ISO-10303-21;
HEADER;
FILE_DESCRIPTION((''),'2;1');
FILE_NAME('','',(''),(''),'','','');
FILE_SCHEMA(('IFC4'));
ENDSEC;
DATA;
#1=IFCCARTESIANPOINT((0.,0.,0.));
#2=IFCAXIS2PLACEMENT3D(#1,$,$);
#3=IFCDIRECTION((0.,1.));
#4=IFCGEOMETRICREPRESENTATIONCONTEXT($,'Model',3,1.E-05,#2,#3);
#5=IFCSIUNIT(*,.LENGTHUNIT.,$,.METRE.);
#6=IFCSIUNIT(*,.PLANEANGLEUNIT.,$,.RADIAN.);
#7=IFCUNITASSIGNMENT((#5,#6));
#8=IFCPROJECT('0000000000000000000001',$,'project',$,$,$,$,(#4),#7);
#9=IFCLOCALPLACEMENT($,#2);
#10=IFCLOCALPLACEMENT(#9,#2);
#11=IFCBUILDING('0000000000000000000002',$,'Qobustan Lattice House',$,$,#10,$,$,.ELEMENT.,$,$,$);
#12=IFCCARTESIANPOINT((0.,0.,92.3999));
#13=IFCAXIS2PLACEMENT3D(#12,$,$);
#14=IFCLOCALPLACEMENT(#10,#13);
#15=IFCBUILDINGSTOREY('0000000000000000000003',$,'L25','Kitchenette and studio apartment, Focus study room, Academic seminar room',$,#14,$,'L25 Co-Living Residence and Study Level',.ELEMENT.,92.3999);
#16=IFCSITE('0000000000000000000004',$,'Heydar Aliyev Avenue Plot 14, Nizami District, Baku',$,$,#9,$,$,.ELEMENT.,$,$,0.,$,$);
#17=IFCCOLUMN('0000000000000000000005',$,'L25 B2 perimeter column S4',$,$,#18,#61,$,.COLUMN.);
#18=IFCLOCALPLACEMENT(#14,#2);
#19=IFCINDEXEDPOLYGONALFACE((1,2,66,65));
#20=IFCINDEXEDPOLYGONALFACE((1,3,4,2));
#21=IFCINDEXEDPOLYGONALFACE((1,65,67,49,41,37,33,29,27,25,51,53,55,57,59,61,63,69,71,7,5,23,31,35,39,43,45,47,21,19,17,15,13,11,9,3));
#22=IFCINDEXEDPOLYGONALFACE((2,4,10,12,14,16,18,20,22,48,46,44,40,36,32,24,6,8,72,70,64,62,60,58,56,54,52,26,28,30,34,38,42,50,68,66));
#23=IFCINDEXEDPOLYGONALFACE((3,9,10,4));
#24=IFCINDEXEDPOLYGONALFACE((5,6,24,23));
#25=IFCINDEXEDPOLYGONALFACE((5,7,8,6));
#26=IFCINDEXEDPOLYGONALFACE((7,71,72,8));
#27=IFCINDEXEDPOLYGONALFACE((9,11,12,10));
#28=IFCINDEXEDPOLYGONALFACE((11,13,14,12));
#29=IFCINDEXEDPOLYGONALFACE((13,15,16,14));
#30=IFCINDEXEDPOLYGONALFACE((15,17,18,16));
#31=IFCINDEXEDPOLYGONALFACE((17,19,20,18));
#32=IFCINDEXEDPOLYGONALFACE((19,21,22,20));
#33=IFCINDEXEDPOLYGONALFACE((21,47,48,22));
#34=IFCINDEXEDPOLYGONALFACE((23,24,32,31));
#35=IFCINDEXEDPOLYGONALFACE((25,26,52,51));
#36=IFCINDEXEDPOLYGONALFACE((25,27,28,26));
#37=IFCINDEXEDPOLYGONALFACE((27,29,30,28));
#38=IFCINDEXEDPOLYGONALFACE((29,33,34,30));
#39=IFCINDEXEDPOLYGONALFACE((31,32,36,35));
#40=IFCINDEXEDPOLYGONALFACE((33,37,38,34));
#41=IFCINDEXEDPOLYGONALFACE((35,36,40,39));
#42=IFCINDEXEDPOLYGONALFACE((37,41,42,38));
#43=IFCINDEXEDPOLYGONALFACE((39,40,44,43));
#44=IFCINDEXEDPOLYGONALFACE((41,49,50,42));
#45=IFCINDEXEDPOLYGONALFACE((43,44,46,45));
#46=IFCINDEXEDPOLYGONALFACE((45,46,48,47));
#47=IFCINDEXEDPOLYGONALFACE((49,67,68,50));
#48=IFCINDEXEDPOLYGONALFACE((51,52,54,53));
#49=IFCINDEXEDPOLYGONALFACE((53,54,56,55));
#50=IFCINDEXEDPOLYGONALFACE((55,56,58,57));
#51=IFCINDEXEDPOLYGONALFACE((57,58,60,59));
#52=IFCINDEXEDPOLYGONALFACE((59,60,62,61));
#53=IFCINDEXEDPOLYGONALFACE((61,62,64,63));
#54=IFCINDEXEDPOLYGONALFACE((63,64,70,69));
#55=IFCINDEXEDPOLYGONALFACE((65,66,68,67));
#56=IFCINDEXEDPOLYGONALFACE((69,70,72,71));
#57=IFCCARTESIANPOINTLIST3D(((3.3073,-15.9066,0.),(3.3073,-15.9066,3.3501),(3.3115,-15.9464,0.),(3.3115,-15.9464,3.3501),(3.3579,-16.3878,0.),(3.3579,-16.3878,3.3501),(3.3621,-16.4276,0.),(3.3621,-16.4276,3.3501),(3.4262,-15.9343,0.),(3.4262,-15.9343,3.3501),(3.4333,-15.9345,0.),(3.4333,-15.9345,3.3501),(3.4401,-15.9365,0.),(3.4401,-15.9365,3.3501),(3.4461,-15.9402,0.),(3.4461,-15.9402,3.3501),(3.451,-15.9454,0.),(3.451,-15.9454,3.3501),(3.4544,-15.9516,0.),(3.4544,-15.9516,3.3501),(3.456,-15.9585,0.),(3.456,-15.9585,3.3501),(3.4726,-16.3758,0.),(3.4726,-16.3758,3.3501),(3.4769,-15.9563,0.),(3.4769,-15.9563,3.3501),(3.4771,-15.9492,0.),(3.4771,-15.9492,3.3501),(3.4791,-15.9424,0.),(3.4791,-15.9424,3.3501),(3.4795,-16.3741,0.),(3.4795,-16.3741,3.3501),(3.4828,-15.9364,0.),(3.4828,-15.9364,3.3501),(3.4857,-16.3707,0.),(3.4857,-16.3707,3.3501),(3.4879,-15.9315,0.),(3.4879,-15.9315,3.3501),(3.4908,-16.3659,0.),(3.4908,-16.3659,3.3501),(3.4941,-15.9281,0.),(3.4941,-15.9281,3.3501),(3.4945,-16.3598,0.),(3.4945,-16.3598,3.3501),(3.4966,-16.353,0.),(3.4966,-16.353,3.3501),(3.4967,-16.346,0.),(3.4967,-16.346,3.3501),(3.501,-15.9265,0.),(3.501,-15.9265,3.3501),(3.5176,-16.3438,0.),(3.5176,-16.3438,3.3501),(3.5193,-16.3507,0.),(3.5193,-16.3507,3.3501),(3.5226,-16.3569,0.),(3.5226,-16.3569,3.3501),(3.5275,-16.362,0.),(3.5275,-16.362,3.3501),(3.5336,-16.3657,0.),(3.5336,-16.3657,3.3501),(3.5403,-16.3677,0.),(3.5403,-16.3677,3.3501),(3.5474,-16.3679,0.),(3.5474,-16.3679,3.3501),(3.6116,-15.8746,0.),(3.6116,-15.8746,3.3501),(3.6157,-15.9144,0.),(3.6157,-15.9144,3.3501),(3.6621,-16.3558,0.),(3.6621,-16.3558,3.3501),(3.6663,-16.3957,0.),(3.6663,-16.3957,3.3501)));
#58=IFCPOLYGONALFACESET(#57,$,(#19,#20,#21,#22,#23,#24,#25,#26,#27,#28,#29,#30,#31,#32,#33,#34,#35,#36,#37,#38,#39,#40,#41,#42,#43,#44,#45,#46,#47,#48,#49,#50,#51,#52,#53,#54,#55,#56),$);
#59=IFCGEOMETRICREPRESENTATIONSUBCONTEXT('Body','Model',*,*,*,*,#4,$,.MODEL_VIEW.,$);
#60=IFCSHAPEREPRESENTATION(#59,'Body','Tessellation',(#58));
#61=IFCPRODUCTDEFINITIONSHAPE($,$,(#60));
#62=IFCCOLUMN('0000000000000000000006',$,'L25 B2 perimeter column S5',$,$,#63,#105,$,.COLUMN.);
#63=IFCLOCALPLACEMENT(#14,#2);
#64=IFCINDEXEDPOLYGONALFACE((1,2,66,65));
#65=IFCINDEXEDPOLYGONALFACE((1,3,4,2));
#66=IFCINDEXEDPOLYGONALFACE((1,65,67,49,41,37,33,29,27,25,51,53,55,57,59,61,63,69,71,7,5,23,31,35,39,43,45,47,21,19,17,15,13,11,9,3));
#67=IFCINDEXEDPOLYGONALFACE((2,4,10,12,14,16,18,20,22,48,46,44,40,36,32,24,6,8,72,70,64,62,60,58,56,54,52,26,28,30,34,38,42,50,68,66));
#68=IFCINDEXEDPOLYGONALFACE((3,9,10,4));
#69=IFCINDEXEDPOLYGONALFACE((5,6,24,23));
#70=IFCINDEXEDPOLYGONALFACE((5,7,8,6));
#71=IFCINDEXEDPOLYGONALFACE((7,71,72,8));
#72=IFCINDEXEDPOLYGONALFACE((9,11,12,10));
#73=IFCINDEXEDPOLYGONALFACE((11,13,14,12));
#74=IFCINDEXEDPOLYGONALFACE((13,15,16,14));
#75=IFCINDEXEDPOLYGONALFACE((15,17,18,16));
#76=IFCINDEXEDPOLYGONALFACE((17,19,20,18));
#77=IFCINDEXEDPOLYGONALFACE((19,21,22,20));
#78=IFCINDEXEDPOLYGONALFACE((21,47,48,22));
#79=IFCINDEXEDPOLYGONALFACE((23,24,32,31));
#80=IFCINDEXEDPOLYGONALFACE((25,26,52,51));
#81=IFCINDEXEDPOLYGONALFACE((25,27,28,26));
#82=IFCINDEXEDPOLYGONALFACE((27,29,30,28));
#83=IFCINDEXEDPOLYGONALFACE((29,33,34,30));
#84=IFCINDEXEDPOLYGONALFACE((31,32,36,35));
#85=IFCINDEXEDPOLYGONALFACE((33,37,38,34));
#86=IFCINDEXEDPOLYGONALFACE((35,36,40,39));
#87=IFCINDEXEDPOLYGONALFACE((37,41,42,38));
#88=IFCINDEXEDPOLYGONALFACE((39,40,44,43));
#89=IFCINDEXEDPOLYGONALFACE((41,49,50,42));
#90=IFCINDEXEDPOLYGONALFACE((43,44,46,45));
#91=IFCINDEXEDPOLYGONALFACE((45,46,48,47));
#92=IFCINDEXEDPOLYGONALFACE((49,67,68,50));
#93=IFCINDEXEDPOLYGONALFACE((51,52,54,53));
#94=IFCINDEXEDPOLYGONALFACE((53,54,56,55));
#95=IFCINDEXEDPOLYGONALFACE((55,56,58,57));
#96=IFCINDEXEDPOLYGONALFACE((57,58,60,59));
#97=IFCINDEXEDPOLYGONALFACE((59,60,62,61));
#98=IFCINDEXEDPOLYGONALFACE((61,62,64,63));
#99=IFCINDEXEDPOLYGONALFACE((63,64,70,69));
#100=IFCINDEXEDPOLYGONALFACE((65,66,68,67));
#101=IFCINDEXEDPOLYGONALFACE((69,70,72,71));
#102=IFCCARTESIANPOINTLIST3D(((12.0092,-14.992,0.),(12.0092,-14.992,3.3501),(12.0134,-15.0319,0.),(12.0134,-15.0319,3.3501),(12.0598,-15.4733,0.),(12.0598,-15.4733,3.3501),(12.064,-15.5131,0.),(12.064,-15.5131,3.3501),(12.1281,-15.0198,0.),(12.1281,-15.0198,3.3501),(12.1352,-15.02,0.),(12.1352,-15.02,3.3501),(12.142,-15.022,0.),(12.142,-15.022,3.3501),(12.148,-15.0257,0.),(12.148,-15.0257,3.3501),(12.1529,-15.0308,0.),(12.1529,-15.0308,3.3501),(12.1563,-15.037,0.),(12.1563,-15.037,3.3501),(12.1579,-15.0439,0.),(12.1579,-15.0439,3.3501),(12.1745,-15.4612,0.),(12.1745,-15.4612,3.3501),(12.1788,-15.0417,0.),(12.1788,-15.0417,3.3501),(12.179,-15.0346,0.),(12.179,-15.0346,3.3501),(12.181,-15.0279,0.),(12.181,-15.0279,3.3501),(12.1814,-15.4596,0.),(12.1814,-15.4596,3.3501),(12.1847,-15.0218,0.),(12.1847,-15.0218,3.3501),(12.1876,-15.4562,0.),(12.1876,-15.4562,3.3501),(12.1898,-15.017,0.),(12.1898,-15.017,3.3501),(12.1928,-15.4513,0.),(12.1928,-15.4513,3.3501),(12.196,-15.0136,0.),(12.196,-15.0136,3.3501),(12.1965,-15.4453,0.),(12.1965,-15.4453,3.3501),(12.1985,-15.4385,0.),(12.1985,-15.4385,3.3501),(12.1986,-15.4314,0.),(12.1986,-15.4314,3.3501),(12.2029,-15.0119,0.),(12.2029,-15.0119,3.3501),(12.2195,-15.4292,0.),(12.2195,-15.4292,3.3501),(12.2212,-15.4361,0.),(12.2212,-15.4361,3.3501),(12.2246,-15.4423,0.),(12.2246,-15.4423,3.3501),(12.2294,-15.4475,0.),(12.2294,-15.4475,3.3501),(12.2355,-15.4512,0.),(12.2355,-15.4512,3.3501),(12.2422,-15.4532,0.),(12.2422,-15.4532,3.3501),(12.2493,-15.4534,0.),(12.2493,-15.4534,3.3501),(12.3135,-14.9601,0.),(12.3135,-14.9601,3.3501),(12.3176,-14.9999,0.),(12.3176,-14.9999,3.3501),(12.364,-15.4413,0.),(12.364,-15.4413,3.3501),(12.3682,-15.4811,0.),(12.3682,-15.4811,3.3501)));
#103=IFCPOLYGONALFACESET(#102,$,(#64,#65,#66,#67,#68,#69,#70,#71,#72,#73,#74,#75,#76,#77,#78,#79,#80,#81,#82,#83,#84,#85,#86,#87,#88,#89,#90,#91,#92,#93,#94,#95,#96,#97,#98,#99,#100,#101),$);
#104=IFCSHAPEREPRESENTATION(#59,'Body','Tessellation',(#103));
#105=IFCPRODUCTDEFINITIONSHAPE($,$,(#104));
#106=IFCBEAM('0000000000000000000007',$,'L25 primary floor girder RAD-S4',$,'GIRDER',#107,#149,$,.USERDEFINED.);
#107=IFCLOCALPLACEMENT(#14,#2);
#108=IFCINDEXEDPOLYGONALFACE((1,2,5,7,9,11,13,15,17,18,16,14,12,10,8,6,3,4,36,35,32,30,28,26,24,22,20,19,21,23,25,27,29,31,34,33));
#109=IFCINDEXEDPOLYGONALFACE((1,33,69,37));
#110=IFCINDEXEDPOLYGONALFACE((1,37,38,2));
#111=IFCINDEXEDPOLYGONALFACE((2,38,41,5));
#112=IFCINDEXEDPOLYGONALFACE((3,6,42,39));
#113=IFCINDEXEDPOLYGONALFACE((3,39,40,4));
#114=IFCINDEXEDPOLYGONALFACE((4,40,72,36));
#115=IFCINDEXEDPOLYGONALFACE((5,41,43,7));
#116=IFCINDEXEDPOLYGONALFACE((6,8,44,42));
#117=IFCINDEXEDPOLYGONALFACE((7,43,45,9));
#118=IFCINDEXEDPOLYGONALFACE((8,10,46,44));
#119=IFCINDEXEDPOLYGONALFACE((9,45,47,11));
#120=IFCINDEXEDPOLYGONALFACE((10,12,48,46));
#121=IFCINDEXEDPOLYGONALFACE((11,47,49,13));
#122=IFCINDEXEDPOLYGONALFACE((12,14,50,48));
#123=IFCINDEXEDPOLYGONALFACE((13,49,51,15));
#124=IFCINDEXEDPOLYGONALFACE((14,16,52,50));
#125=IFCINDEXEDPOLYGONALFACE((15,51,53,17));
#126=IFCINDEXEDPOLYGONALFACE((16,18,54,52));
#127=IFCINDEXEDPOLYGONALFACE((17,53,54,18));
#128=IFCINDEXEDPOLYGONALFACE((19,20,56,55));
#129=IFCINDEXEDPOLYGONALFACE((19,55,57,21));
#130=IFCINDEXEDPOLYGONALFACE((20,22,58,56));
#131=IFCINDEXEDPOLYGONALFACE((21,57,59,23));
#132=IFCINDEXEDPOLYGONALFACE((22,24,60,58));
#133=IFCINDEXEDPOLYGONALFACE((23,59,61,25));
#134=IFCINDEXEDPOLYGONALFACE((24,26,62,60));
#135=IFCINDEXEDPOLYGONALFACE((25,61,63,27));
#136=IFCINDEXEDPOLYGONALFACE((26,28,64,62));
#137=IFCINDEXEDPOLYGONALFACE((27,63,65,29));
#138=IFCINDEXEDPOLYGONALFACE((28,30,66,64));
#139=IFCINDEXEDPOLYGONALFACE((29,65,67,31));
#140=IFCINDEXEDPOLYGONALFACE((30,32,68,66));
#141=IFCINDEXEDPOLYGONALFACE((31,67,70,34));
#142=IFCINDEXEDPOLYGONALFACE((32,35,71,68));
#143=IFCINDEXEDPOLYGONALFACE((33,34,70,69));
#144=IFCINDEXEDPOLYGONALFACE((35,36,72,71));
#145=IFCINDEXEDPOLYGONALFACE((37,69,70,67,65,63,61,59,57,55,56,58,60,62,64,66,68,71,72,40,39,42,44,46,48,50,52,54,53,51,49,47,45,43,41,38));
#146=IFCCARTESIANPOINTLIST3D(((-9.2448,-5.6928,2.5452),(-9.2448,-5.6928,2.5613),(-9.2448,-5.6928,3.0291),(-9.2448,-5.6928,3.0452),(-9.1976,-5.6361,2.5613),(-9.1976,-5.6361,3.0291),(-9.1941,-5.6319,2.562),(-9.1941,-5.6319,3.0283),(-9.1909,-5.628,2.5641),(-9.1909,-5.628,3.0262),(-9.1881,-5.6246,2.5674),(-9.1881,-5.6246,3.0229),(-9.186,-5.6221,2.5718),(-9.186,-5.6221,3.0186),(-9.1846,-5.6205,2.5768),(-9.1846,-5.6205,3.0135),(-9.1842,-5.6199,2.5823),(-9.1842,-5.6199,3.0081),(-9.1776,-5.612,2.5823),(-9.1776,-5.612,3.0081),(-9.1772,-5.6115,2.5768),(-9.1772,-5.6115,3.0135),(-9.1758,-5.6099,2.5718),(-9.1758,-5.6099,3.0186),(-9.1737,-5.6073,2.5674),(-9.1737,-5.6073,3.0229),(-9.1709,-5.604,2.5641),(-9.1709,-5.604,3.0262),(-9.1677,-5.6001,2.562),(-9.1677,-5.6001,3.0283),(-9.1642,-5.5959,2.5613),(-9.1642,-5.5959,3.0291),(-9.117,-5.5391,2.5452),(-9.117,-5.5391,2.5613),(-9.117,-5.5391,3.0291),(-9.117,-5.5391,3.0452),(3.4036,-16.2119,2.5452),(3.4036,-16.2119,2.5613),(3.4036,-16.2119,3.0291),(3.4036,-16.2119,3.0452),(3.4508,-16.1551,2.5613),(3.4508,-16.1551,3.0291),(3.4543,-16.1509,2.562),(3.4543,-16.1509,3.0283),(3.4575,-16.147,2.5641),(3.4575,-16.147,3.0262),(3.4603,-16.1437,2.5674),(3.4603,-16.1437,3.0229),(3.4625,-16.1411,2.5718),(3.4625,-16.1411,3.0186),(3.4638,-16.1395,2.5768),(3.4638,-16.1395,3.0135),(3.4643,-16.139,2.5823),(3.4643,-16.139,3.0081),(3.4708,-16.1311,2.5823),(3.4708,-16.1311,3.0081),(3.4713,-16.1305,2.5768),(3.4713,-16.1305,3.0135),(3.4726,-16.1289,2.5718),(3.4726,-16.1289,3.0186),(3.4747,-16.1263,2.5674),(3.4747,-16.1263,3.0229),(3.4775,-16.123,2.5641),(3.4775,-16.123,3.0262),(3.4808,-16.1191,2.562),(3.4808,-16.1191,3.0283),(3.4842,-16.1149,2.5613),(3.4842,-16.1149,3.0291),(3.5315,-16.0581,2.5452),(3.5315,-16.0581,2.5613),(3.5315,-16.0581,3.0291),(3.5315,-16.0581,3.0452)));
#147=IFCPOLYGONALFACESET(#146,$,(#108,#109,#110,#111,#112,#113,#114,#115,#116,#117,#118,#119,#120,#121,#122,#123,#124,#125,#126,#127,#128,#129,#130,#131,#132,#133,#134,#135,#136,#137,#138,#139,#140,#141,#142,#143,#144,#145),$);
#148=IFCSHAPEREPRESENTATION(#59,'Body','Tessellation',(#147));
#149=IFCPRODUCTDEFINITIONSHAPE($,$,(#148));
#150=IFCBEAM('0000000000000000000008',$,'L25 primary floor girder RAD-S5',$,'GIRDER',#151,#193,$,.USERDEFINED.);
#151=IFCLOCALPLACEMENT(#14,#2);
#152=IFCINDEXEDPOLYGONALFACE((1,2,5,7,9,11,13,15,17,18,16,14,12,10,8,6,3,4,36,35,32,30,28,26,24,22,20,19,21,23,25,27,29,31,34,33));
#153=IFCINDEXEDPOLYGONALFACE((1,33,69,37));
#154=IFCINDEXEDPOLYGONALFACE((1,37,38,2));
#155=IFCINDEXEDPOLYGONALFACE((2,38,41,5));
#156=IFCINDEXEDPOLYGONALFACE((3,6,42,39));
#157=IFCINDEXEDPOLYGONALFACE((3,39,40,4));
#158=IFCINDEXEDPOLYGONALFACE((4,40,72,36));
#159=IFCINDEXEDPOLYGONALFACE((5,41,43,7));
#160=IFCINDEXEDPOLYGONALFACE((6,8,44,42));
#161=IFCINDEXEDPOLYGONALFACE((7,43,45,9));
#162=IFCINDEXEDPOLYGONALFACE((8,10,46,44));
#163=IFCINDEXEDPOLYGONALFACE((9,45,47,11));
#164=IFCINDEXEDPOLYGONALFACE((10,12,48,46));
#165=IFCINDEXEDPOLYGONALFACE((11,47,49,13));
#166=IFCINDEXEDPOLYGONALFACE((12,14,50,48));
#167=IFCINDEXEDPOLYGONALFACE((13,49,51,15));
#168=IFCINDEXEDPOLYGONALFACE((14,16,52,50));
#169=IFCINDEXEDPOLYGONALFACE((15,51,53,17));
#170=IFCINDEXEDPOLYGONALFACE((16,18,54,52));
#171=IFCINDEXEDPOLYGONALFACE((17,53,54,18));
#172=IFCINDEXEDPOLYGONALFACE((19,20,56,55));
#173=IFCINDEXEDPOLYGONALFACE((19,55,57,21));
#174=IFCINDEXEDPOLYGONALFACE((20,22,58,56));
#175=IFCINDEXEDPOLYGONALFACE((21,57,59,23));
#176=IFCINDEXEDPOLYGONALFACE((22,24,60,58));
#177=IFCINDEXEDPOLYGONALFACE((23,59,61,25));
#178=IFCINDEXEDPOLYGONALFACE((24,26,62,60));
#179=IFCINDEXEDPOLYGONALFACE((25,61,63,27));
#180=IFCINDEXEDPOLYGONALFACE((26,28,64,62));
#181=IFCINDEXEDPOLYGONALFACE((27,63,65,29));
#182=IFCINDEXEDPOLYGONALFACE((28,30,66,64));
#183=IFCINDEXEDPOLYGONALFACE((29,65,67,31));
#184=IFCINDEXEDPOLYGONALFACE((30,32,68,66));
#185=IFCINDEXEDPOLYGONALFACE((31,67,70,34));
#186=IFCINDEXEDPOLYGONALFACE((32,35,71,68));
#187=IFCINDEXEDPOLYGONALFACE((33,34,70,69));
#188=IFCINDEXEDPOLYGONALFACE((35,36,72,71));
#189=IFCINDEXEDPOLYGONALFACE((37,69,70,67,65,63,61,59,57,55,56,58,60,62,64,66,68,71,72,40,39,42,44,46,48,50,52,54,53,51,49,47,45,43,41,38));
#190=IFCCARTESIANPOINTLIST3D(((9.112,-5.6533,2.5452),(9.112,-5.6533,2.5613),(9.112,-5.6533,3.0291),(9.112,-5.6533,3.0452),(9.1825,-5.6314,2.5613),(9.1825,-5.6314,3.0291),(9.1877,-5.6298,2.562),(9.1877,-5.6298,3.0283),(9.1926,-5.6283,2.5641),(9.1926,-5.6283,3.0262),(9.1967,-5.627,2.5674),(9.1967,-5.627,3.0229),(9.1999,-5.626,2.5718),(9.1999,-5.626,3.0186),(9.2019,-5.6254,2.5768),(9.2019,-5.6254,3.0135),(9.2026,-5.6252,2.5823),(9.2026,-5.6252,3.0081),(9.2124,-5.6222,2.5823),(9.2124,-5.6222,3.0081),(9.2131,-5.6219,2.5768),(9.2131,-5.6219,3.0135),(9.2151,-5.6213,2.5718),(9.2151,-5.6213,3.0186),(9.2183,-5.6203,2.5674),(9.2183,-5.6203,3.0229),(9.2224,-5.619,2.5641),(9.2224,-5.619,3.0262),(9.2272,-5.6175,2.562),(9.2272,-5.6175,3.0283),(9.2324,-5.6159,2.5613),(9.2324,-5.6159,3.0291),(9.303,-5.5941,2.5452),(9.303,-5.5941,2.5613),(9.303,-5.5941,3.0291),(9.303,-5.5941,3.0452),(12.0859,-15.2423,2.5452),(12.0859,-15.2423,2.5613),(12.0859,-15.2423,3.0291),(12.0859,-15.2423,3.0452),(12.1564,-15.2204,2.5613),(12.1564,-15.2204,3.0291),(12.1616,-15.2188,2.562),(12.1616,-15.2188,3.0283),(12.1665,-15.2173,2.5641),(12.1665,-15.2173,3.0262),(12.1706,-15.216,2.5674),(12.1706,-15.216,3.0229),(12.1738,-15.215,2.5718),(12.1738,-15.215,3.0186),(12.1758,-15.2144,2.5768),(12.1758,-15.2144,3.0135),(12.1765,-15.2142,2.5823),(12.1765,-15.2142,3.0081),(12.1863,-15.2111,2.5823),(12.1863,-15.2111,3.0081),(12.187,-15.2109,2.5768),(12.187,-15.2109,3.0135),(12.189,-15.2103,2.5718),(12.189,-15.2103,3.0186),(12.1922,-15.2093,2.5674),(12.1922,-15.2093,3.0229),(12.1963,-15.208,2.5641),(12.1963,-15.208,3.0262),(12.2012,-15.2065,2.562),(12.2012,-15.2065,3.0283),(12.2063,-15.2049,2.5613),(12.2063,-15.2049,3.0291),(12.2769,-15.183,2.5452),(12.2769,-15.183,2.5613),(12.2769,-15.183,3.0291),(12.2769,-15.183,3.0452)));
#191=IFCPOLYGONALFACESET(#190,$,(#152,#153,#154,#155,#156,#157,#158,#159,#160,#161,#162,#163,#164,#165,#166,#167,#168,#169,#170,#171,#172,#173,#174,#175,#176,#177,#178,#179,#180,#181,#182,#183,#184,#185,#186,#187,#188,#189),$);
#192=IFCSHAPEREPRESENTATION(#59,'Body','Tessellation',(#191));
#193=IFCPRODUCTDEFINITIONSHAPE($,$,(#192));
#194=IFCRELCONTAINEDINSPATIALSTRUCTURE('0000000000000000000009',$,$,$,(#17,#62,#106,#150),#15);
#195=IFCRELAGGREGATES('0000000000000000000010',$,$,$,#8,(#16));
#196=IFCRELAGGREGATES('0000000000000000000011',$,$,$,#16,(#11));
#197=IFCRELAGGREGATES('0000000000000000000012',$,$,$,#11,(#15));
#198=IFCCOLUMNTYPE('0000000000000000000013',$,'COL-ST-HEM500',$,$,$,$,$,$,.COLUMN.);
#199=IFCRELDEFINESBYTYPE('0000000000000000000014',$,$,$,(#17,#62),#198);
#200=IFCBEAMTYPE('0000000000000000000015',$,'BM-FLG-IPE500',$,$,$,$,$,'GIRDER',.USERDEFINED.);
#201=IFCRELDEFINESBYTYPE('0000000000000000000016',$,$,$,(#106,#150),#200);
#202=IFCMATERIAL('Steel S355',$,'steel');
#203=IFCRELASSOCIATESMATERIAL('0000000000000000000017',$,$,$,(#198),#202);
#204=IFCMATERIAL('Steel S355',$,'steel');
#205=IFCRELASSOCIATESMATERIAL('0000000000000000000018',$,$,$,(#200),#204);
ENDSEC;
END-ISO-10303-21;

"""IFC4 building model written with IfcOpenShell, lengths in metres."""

from ifc_helpers import new_model, si_unit, direction, frame, origin, origin_2d, place, context, subcontext, project, spatial, i_section, extrude, material, material_profile, profile_set, type_object, element, save


model = new_model("IFC4")

# Units and contexts
model_context = context("Model", 3, precision=1e-05, world=origin(), true_north=direction((0.0, 1.0)))
body_context = subcontext(model_context, "Body", "Model", "MODEL_VIEW")
ifc_project = project(units=[si_unit("LENGTHUNIT", "METRE"), si_unit("PLANEANGLEUNIT", "RADIAN")], contexts=[model_context])

# Site, building, storey
site_placement = place(None, origin())
site = spatial("IfcSite", under=ifc_project, at=site_placement, Name="Heydar Aliyev Avenue Plot 14, Nizami District, Baku", CompositionType="ELEMENT", RefElevation=0.0)
building_placement = place(site_placement, origin())
building = spatial("IfcBuilding", under=site, at=building_placement, Name="Qobustan Lattice House", CompositionType="ELEMENT")
storey_placement = place(building_placement, frame((0.0, 0.0, 92.3999)))
storey = spatial("IfcBuildingStorey", under=building, at=storey_placement, Name="L25", Description="Kitchenette and studio apartment, Focus study room, Academic seminar room", LongName="L25 Co-Living Residence and Study Level", CompositionType="ELEMENT", Elevation=92.3999)

# Columns
ifc_material_1 = material(Name="Steel S355", Category="steel")
ifc_material_profile_1 = material_profile(ifc_material_1, i_section(OverallWidth=0.3059, OverallDepth=0.5239, WebThickness=0.021, FlangeThickness=0.04, FilletRadius=0.0271, at=origin_2d()), Name="HEM500")
ifc_profile_set_1 = profile_set([ifc_material_profile_1], Name="Steel S355")
column_type = type_object("IfcColumnType", Name="COL-ST-HEM500", PredefinedType="COLUMN", material=ifc_profile_set_1)
for number, where, z_axis, x_axis, name in (
    (1, (3.4868, -16.1511, 0.0), (0.0, 0.0, 1.0), (0.994522, 0.104528, 0.0), "L25 B2 perimeter column S4"),
    (2, (12.1887, -15.2366, 0.0), (0.0, 0.0, 1.0), (0.994522, 0.104528, 0.0), "L25 B2 perimeter column S5"),
):
    element("IfcColumn", number, at=place(storey_placement, frame(where, z_axis=z_axis, x_axis=x_axis)), inside=storey, type_object=column_type, Name=name, PredefinedType="COLUMN", context=body_context, shape_type="SweptSolid", body=[
        extrude(i_section(OverallWidth=0.3059, OverallDepth=0.5239, WebThickness=0.021, FlangeThickness=0.04, FilletRadius=0.0271, at=origin_2d()), origin(), (0.0, 0.0, 1.0), 3.3501),
    ])

# Beams
ifc_material_2 = material(Name="Steel S355", Category="steel")
ifc_material_profile_2 = material_profile(ifc_material_2, i_section(OverallWidth=0.2, OverallDepth=0.5, WebThickness=0.0103, FlangeThickness=0.0161, FilletRadius=0.021, at=origin_2d()), Name="IPE500")
ifc_profile_set_2 = profile_set([ifc_material_profile_2], Name="Steel S355")
beam_type_1 = type_object("IfcBeamType", Name="BM-FLG-IPE500", ElementType="GIRDER", PredefinedType="USERDEFINED", material=ifc_profile_set_2)
beam_1_placement = place(storey_placement, frame((3.4675, -16.135, 2.7952), z_axis=(-0.768858, 0.639419, 0.0), x_axis=(-0.639419, -0.768858, 0.0)))
element("IfcBeam", 3, at=beam_1_placement, inside=storey, type_object=beam_type_1, Name="L25 primary floor girder RAD-S4", ObjectType="GIRDER", PredefinedType="USERDEFINED", context=body_context, shape_type="SweptSolid", body=[
    extrude(i_section(OverallWidth=0.2, OverallDepth=0.5, WebThickness=0.0103, FlangeThickness=0.0161, FilletRadius=0.021, at=origin_2d()), origin(), (0.0, 0.0, 1.0), 16.4509),
])
beam_2_placement = place(storey_placement, frame((12.1814, -15.2126, 2.7952), z_axis=(-0.296219, 0.95512, 0.0), x_axis=(-0.95512, -0.296219, 0.0)))
element("IfcBeam", 4, at=beam_2_placement, inside=storey, type_object=beam_type_1, Name="L25 primary floor girder RAD-S5", ObjectType="GIRDER", PredefinedType="USERDEFINED", context=body_context, shape_type="SweptSolid", body=[
    extrude(i_section(OverallWidth=0.2, OverallDepth=0.5, WebThickness=0.0103, FlangeThickness=0.0161, FilletRadius=0.021, at=origin_2d()), origin(), (0.0, 0.0, 1.0), 10.0396),
])

save(model, "model.ifc")
